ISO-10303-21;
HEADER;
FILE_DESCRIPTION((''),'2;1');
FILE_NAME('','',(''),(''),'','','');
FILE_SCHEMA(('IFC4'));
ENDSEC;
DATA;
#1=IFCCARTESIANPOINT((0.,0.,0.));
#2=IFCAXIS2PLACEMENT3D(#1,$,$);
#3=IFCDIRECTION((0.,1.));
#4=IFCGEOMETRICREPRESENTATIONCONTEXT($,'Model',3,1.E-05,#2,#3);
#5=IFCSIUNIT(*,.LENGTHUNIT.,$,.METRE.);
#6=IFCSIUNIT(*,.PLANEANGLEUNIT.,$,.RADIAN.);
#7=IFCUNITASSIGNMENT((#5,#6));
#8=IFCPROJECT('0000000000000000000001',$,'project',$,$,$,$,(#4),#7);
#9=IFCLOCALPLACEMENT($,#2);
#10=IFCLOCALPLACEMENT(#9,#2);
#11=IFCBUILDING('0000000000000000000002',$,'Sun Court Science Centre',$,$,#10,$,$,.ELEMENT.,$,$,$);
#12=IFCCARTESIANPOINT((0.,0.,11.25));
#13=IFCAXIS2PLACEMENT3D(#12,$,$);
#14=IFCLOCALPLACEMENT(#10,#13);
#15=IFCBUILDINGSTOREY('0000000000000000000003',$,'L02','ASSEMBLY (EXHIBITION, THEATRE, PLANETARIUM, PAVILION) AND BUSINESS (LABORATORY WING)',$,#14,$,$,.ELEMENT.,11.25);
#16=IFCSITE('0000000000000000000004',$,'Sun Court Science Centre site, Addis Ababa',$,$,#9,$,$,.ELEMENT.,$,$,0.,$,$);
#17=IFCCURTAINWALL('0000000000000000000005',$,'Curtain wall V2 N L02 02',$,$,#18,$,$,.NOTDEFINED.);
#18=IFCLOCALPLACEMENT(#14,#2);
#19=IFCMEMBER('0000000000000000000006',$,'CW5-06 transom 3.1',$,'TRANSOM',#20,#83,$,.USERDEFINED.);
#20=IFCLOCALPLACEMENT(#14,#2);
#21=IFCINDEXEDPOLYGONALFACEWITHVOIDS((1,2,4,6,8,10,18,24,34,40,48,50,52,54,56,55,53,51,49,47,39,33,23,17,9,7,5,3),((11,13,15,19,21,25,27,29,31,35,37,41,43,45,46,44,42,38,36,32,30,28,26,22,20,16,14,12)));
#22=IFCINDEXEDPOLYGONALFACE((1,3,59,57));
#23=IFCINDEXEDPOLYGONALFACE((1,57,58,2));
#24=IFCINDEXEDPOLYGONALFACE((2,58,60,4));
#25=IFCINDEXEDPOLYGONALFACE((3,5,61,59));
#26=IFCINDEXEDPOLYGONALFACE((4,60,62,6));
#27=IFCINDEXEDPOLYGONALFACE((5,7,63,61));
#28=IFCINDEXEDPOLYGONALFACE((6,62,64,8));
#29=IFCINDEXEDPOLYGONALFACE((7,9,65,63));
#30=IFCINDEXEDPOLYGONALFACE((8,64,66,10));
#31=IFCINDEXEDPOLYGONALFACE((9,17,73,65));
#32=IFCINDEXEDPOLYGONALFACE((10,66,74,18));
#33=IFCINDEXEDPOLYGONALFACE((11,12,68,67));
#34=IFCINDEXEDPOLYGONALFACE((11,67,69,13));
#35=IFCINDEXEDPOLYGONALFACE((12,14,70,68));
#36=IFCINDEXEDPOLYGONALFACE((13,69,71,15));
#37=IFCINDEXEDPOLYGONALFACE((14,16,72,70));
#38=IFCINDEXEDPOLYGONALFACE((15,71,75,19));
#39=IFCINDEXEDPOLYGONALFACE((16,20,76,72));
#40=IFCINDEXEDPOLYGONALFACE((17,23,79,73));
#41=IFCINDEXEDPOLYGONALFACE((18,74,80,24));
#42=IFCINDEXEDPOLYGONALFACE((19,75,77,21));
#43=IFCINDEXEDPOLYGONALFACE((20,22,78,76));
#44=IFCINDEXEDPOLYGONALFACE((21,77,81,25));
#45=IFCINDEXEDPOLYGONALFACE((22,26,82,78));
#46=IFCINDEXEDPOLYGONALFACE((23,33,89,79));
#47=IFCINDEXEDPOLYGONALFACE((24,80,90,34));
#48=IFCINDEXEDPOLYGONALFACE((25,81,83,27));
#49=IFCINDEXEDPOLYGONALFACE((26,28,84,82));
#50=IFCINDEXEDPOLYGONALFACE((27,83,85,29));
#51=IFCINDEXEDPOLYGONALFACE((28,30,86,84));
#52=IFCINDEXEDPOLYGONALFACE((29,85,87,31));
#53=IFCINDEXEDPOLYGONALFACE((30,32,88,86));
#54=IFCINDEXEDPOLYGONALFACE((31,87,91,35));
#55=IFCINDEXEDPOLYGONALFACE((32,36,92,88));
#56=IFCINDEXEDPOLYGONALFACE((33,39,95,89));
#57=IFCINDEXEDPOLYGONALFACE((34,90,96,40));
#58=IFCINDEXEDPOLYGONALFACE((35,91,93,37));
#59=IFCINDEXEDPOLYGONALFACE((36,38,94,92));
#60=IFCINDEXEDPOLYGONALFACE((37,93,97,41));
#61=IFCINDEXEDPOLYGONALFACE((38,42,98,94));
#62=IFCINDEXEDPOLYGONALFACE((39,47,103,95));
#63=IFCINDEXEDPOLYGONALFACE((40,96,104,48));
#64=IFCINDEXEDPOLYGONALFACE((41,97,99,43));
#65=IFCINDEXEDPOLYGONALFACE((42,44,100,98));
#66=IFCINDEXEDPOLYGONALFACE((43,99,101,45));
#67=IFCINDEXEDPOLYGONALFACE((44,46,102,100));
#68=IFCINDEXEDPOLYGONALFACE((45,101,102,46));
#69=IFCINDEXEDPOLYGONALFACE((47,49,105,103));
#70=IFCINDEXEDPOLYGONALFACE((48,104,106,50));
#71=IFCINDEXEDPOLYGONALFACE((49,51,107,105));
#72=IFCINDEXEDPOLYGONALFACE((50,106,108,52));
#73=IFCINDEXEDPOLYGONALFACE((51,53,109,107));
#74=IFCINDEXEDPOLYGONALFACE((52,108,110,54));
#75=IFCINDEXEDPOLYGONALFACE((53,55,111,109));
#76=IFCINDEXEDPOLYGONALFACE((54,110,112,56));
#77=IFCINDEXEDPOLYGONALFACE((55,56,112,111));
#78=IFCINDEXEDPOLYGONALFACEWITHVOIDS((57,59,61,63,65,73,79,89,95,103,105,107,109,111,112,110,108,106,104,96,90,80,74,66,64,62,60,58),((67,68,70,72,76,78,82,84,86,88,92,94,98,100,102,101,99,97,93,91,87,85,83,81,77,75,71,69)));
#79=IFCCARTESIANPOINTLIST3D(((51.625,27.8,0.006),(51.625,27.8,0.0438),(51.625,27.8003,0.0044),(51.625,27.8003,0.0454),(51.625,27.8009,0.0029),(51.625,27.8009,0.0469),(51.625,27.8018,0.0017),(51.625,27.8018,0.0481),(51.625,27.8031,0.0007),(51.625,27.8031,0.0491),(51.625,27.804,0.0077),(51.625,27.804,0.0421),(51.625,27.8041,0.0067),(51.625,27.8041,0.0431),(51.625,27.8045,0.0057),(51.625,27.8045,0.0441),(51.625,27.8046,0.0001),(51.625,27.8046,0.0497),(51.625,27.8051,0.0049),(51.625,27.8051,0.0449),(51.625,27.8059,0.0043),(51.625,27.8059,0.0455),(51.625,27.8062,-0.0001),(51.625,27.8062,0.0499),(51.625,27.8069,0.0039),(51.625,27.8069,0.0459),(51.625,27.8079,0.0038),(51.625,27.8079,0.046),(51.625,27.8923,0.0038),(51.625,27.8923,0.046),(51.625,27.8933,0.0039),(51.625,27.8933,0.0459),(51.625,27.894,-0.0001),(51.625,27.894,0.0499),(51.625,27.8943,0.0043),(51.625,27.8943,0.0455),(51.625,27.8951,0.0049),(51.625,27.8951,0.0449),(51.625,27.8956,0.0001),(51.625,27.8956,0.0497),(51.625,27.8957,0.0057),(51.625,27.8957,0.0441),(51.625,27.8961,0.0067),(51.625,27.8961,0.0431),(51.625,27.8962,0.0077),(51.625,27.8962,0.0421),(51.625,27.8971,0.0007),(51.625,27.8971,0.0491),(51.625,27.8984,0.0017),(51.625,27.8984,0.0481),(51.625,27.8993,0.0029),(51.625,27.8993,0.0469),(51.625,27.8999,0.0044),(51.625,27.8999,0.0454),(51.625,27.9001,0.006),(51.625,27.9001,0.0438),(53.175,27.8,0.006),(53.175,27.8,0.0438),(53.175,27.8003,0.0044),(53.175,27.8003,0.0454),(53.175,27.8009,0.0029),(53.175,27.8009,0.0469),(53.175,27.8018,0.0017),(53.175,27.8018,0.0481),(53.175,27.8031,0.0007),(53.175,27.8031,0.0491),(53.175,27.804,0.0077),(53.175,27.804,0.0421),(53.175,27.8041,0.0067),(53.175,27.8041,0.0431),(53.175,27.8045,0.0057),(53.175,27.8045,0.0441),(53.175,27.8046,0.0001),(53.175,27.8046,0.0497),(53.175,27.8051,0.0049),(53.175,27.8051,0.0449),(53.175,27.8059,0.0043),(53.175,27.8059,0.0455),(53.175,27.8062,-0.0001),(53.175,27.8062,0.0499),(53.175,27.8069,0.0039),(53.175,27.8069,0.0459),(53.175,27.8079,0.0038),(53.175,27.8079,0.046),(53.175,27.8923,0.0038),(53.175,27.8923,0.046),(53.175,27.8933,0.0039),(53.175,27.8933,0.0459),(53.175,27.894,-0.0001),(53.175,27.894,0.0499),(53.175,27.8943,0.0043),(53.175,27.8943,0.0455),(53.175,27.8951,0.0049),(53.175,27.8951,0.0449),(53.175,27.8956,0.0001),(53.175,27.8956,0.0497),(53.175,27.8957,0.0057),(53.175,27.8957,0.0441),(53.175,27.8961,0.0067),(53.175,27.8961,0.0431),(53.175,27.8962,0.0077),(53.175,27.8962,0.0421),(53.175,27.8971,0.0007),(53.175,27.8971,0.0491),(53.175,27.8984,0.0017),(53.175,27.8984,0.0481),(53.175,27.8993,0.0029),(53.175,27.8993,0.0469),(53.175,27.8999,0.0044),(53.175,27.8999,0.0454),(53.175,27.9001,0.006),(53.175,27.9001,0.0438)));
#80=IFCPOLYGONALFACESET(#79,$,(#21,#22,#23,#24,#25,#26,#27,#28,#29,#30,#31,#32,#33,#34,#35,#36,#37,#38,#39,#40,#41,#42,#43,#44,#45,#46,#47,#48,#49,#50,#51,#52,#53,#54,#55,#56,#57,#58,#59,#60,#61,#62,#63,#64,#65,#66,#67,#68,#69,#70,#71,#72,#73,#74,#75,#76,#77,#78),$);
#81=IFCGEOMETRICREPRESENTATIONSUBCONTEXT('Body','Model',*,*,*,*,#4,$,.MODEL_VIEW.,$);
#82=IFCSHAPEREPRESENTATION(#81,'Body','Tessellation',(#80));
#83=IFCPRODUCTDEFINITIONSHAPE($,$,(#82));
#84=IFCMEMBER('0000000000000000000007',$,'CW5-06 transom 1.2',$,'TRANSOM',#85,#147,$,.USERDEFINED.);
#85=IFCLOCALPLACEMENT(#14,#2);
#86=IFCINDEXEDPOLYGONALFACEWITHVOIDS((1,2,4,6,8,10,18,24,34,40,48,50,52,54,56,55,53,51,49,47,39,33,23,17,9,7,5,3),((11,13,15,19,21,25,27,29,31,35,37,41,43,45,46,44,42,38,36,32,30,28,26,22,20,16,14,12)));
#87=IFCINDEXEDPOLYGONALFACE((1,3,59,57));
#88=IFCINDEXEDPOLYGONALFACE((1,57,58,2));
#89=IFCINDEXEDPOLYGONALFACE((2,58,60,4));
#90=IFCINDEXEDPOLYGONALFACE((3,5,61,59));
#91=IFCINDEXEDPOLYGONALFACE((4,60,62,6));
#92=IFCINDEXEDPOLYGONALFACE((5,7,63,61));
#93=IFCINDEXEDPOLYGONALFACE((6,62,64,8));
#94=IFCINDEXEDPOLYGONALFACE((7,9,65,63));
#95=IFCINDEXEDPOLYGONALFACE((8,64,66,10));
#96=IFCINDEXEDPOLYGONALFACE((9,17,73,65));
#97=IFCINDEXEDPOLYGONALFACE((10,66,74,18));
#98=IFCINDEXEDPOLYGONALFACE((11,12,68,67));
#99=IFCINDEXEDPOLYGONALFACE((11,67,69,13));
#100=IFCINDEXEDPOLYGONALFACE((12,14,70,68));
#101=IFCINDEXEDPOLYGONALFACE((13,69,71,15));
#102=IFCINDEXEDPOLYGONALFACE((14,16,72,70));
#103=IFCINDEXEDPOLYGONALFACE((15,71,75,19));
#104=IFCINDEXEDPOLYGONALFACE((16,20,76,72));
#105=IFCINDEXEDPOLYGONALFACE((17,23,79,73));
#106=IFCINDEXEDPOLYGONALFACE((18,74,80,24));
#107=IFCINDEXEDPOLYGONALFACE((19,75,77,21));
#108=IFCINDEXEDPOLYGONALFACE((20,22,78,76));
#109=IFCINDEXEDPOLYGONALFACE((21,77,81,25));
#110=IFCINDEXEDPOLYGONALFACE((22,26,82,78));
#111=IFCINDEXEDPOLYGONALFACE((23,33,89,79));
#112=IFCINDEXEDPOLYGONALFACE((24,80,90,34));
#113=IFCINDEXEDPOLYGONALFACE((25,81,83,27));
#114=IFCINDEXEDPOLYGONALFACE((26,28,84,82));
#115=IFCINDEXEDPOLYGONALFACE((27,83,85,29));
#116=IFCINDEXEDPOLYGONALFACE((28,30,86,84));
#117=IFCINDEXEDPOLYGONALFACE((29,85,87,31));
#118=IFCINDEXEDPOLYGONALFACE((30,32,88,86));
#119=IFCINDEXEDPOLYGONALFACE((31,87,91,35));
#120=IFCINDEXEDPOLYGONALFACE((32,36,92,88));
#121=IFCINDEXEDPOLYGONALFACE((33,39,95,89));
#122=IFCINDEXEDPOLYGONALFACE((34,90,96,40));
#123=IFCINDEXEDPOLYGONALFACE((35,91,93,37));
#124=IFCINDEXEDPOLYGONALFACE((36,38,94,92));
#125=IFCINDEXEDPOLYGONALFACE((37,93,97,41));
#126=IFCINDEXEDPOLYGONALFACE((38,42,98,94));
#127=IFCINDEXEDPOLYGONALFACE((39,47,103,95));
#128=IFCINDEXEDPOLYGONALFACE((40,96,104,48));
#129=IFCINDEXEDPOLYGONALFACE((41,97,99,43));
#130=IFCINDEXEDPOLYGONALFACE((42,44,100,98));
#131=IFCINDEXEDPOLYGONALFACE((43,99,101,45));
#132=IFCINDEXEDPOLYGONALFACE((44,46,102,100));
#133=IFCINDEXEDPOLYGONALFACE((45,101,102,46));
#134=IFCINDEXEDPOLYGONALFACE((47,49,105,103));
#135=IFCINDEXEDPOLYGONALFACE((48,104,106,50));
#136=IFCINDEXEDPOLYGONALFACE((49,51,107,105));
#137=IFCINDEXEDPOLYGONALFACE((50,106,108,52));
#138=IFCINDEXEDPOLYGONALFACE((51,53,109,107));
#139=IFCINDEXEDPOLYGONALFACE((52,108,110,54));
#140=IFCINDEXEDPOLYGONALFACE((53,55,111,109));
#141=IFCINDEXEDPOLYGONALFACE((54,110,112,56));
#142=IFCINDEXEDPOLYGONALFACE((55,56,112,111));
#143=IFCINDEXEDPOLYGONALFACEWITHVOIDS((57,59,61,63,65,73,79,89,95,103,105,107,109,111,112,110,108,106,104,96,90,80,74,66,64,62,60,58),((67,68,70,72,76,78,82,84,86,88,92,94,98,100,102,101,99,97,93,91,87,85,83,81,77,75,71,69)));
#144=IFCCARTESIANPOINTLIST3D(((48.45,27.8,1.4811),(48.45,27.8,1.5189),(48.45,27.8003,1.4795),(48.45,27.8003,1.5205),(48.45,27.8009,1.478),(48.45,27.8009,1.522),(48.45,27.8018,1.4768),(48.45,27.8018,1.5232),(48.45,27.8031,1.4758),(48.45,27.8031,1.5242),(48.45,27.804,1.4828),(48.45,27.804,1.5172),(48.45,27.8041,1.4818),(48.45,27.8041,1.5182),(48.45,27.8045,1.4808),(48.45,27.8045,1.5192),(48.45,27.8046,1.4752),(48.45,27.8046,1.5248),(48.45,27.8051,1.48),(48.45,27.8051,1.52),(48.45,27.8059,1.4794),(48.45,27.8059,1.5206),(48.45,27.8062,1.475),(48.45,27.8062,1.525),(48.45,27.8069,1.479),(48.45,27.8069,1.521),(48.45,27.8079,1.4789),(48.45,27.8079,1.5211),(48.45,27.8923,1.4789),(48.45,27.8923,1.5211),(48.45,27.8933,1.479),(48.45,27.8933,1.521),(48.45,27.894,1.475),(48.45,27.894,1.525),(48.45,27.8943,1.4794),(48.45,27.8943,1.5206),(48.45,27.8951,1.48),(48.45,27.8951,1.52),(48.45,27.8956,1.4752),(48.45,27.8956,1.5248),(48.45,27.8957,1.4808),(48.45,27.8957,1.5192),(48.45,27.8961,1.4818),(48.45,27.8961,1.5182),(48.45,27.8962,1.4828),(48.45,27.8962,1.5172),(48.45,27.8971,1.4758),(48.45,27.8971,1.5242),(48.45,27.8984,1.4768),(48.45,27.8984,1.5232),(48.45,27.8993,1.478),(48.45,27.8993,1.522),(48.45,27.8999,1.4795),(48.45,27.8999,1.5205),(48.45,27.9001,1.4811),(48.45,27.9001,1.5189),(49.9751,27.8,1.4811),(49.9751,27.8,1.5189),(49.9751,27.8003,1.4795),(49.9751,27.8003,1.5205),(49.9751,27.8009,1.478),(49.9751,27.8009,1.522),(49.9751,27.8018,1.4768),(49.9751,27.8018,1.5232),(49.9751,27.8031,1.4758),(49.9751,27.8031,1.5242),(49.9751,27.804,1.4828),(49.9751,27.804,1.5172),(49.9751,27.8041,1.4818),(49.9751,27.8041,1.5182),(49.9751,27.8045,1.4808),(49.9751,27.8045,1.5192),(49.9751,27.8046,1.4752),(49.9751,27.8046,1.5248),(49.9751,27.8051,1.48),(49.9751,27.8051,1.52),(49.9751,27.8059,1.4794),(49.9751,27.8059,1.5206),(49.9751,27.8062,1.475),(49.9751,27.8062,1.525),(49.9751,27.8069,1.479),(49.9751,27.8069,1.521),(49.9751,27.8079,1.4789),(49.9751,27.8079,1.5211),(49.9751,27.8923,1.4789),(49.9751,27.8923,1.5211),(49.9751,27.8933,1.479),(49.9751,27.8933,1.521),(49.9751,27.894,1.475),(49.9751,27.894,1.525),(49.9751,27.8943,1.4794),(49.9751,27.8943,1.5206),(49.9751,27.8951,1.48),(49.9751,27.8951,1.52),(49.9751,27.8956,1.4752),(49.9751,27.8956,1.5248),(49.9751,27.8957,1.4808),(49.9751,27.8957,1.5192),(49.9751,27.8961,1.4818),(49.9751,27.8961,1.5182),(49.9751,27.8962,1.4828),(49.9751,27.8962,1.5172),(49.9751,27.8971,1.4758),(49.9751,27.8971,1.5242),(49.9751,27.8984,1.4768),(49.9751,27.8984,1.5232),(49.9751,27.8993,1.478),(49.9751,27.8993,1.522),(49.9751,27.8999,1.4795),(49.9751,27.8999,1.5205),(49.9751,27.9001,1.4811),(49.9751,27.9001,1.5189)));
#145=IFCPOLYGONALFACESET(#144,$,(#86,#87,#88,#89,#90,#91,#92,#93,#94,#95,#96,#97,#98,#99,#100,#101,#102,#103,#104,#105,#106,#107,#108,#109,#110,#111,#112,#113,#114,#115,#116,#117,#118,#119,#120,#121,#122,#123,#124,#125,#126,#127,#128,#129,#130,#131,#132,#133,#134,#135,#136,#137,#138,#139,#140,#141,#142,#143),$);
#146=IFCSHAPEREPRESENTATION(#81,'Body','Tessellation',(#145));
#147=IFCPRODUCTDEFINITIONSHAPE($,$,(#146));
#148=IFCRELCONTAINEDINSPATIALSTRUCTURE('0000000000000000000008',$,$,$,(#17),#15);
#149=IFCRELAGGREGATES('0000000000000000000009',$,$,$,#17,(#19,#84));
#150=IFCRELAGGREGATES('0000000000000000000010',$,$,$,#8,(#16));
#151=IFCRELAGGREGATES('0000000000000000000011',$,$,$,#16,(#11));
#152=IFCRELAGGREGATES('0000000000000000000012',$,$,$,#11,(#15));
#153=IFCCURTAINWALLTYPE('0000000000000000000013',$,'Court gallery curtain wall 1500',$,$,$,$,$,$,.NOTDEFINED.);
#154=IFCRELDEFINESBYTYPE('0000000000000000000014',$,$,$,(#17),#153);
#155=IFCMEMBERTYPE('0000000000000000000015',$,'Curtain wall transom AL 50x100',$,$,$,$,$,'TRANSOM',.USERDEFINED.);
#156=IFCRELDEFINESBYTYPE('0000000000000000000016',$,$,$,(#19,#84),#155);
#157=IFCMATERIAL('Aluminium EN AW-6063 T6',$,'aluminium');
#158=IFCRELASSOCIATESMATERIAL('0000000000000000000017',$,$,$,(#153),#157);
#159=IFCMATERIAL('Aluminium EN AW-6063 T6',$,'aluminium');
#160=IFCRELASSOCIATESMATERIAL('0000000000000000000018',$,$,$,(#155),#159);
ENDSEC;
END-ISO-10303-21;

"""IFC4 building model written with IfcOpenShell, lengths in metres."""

from ifc_helpers import new_model, si_unit, direction, frame, origin, origin_2d, place, context, subcontext, project, spatial, hollow_rectangle, extrude, material, material_profile, profile_set, type_object, element, aggregate, save


model = new_model("IFC4")

# Units and contexts
model_context = context("Model", 3, precision=1e-05, world=origin(), true_north=direction((0.0, 1.0)))
body_context = subcontext(model_context, "Body", "Model", "MODEL_VIEW")
ifc_project = project(units=[si_unit("LENGTHUNIT", "METRE"), si_unit("PLANEANGLEUNIT", "RADIAN")], contexts=[model_context])

# Site, building, storey
site_placement = place(None, origin())
site = spatial("IfcSite", under=ifc_project, at=site_placement, Name="Sun Court Science Centre site, Addis Ababa", CompositionType="ELEMENT", RefElevation=0.0)
building_placement = place(site_placement, origin())
building = spatial("IfcBuilding", under=site, at=building_placement, Name="Sun Court Science Centre", CompositionType="ELEMENT")
storey_placement = place(building_placement, frame((0.0, 0.0, 11.25)))
storey = spatial("IfcBuildingStorey", under=building, at=storey_placement, Name="L02", Description="ASSEMBLY (EXHIBITION, THEATRE, PLANETARIUM, PAVILION) AND BUSINESS (LABORATORY WING)", CompositionType="ELEMENT", Elevation=11.25)

# Curtain wall
ifc_material_1 = material(Name="Aluminium EN AW-6063 T6", Category="aluminium")
curtain_wall_type_1 = type_object("IfcCurtainWallType", Name="Court gallery curtain wall 1500", PredefinedType="NOTDEFINED", material=ifc_material_1)
curtain_wall_1_placement = place(storey_placement, origin())
curtain_wall_1 = element("IfcCurtainWall", 1, at=curtain_wall_1_placement, inside=storey, type_object=curtain_wall_type_1, Name="Curtain wall V2 N L02 02", PredefinedType="NOTDEFINED")

# Members
ifc_material_2 = material(Name="Aluminium EN AW-6063 T6", Category="aluminium")
ifc_material_profile_1 = material_profile(ifc_material_2, hollow_rectangle(XDim=0.05, YDim=0.1001, WallThickness=0.0039, InnerFilletRadius=0.0039, OuterFilletRadius=0.0061, at=origin_2d()), Name="AL 50x100x4")
ifc_profile_set_1 = profile_set([ifc_material_profile_1], Name="Aluminium EN AW-6063 T6")
member_type_1 = type_object("IfcMemberType", Name="Curtain wall transom AL 50x100", ElementType="TRANSOM", PredefinedType="USERDEFINED", material=ifc_profile_set_1)
member_1_placement = place(storey_placement, frame((51.625, 27.8501, 0.0249), z_axis=(1.0, 0.0, 0.0), x_axis=(0.0, 0.0, 1.0)))
member_1 = element("IfcMember", 2, at=member_1_placement, type_object=member_type_1, Name="CW5-06 transom 3.1", ObjectType="TRANSOM", PredefinedType="USERDEFINED", context=body_context, shape_type="SweptSolid", body=[
    extrude(hollow_rectangle(XDim=0.05, YDim=0.1001, WallThickness=0.0039, InnerFilletRadius=0.0039, OuterFilletRadius=0.0061, at=origin_2d()), origin(), (0.0, 0.0, 1.0), 1.55),
])
member_2_placement = place(storey_placement, frame((48.45, 27.8501, 1.5), z_axis=(1.0, 0.0, 0.0), x_axis=(0.0, 0.0, 1.0)))
member_2 = element("IfcMember", 3, at=member_2_placement, type_object=member_type_1, Name="CW5-06 transom 1.2", ObjectType="TRANSOM", PredefinedType="USERDEFINED", context=body_context, shape_type="SweptSolid", body=[
    extrude(hollow_rectangle(XDim=0.05, YDim=0.1001, WallThickness=0.0039, InnerFilletRadius=0.0039, OuterFilletRadius=0.0061, at=origin_2d()), origin(), (0.0, 0.0, 1.0), 1.5251),
])

aggregate(curtain_wall_1, [member_1, member_2])

save(model, "model.ifc")
